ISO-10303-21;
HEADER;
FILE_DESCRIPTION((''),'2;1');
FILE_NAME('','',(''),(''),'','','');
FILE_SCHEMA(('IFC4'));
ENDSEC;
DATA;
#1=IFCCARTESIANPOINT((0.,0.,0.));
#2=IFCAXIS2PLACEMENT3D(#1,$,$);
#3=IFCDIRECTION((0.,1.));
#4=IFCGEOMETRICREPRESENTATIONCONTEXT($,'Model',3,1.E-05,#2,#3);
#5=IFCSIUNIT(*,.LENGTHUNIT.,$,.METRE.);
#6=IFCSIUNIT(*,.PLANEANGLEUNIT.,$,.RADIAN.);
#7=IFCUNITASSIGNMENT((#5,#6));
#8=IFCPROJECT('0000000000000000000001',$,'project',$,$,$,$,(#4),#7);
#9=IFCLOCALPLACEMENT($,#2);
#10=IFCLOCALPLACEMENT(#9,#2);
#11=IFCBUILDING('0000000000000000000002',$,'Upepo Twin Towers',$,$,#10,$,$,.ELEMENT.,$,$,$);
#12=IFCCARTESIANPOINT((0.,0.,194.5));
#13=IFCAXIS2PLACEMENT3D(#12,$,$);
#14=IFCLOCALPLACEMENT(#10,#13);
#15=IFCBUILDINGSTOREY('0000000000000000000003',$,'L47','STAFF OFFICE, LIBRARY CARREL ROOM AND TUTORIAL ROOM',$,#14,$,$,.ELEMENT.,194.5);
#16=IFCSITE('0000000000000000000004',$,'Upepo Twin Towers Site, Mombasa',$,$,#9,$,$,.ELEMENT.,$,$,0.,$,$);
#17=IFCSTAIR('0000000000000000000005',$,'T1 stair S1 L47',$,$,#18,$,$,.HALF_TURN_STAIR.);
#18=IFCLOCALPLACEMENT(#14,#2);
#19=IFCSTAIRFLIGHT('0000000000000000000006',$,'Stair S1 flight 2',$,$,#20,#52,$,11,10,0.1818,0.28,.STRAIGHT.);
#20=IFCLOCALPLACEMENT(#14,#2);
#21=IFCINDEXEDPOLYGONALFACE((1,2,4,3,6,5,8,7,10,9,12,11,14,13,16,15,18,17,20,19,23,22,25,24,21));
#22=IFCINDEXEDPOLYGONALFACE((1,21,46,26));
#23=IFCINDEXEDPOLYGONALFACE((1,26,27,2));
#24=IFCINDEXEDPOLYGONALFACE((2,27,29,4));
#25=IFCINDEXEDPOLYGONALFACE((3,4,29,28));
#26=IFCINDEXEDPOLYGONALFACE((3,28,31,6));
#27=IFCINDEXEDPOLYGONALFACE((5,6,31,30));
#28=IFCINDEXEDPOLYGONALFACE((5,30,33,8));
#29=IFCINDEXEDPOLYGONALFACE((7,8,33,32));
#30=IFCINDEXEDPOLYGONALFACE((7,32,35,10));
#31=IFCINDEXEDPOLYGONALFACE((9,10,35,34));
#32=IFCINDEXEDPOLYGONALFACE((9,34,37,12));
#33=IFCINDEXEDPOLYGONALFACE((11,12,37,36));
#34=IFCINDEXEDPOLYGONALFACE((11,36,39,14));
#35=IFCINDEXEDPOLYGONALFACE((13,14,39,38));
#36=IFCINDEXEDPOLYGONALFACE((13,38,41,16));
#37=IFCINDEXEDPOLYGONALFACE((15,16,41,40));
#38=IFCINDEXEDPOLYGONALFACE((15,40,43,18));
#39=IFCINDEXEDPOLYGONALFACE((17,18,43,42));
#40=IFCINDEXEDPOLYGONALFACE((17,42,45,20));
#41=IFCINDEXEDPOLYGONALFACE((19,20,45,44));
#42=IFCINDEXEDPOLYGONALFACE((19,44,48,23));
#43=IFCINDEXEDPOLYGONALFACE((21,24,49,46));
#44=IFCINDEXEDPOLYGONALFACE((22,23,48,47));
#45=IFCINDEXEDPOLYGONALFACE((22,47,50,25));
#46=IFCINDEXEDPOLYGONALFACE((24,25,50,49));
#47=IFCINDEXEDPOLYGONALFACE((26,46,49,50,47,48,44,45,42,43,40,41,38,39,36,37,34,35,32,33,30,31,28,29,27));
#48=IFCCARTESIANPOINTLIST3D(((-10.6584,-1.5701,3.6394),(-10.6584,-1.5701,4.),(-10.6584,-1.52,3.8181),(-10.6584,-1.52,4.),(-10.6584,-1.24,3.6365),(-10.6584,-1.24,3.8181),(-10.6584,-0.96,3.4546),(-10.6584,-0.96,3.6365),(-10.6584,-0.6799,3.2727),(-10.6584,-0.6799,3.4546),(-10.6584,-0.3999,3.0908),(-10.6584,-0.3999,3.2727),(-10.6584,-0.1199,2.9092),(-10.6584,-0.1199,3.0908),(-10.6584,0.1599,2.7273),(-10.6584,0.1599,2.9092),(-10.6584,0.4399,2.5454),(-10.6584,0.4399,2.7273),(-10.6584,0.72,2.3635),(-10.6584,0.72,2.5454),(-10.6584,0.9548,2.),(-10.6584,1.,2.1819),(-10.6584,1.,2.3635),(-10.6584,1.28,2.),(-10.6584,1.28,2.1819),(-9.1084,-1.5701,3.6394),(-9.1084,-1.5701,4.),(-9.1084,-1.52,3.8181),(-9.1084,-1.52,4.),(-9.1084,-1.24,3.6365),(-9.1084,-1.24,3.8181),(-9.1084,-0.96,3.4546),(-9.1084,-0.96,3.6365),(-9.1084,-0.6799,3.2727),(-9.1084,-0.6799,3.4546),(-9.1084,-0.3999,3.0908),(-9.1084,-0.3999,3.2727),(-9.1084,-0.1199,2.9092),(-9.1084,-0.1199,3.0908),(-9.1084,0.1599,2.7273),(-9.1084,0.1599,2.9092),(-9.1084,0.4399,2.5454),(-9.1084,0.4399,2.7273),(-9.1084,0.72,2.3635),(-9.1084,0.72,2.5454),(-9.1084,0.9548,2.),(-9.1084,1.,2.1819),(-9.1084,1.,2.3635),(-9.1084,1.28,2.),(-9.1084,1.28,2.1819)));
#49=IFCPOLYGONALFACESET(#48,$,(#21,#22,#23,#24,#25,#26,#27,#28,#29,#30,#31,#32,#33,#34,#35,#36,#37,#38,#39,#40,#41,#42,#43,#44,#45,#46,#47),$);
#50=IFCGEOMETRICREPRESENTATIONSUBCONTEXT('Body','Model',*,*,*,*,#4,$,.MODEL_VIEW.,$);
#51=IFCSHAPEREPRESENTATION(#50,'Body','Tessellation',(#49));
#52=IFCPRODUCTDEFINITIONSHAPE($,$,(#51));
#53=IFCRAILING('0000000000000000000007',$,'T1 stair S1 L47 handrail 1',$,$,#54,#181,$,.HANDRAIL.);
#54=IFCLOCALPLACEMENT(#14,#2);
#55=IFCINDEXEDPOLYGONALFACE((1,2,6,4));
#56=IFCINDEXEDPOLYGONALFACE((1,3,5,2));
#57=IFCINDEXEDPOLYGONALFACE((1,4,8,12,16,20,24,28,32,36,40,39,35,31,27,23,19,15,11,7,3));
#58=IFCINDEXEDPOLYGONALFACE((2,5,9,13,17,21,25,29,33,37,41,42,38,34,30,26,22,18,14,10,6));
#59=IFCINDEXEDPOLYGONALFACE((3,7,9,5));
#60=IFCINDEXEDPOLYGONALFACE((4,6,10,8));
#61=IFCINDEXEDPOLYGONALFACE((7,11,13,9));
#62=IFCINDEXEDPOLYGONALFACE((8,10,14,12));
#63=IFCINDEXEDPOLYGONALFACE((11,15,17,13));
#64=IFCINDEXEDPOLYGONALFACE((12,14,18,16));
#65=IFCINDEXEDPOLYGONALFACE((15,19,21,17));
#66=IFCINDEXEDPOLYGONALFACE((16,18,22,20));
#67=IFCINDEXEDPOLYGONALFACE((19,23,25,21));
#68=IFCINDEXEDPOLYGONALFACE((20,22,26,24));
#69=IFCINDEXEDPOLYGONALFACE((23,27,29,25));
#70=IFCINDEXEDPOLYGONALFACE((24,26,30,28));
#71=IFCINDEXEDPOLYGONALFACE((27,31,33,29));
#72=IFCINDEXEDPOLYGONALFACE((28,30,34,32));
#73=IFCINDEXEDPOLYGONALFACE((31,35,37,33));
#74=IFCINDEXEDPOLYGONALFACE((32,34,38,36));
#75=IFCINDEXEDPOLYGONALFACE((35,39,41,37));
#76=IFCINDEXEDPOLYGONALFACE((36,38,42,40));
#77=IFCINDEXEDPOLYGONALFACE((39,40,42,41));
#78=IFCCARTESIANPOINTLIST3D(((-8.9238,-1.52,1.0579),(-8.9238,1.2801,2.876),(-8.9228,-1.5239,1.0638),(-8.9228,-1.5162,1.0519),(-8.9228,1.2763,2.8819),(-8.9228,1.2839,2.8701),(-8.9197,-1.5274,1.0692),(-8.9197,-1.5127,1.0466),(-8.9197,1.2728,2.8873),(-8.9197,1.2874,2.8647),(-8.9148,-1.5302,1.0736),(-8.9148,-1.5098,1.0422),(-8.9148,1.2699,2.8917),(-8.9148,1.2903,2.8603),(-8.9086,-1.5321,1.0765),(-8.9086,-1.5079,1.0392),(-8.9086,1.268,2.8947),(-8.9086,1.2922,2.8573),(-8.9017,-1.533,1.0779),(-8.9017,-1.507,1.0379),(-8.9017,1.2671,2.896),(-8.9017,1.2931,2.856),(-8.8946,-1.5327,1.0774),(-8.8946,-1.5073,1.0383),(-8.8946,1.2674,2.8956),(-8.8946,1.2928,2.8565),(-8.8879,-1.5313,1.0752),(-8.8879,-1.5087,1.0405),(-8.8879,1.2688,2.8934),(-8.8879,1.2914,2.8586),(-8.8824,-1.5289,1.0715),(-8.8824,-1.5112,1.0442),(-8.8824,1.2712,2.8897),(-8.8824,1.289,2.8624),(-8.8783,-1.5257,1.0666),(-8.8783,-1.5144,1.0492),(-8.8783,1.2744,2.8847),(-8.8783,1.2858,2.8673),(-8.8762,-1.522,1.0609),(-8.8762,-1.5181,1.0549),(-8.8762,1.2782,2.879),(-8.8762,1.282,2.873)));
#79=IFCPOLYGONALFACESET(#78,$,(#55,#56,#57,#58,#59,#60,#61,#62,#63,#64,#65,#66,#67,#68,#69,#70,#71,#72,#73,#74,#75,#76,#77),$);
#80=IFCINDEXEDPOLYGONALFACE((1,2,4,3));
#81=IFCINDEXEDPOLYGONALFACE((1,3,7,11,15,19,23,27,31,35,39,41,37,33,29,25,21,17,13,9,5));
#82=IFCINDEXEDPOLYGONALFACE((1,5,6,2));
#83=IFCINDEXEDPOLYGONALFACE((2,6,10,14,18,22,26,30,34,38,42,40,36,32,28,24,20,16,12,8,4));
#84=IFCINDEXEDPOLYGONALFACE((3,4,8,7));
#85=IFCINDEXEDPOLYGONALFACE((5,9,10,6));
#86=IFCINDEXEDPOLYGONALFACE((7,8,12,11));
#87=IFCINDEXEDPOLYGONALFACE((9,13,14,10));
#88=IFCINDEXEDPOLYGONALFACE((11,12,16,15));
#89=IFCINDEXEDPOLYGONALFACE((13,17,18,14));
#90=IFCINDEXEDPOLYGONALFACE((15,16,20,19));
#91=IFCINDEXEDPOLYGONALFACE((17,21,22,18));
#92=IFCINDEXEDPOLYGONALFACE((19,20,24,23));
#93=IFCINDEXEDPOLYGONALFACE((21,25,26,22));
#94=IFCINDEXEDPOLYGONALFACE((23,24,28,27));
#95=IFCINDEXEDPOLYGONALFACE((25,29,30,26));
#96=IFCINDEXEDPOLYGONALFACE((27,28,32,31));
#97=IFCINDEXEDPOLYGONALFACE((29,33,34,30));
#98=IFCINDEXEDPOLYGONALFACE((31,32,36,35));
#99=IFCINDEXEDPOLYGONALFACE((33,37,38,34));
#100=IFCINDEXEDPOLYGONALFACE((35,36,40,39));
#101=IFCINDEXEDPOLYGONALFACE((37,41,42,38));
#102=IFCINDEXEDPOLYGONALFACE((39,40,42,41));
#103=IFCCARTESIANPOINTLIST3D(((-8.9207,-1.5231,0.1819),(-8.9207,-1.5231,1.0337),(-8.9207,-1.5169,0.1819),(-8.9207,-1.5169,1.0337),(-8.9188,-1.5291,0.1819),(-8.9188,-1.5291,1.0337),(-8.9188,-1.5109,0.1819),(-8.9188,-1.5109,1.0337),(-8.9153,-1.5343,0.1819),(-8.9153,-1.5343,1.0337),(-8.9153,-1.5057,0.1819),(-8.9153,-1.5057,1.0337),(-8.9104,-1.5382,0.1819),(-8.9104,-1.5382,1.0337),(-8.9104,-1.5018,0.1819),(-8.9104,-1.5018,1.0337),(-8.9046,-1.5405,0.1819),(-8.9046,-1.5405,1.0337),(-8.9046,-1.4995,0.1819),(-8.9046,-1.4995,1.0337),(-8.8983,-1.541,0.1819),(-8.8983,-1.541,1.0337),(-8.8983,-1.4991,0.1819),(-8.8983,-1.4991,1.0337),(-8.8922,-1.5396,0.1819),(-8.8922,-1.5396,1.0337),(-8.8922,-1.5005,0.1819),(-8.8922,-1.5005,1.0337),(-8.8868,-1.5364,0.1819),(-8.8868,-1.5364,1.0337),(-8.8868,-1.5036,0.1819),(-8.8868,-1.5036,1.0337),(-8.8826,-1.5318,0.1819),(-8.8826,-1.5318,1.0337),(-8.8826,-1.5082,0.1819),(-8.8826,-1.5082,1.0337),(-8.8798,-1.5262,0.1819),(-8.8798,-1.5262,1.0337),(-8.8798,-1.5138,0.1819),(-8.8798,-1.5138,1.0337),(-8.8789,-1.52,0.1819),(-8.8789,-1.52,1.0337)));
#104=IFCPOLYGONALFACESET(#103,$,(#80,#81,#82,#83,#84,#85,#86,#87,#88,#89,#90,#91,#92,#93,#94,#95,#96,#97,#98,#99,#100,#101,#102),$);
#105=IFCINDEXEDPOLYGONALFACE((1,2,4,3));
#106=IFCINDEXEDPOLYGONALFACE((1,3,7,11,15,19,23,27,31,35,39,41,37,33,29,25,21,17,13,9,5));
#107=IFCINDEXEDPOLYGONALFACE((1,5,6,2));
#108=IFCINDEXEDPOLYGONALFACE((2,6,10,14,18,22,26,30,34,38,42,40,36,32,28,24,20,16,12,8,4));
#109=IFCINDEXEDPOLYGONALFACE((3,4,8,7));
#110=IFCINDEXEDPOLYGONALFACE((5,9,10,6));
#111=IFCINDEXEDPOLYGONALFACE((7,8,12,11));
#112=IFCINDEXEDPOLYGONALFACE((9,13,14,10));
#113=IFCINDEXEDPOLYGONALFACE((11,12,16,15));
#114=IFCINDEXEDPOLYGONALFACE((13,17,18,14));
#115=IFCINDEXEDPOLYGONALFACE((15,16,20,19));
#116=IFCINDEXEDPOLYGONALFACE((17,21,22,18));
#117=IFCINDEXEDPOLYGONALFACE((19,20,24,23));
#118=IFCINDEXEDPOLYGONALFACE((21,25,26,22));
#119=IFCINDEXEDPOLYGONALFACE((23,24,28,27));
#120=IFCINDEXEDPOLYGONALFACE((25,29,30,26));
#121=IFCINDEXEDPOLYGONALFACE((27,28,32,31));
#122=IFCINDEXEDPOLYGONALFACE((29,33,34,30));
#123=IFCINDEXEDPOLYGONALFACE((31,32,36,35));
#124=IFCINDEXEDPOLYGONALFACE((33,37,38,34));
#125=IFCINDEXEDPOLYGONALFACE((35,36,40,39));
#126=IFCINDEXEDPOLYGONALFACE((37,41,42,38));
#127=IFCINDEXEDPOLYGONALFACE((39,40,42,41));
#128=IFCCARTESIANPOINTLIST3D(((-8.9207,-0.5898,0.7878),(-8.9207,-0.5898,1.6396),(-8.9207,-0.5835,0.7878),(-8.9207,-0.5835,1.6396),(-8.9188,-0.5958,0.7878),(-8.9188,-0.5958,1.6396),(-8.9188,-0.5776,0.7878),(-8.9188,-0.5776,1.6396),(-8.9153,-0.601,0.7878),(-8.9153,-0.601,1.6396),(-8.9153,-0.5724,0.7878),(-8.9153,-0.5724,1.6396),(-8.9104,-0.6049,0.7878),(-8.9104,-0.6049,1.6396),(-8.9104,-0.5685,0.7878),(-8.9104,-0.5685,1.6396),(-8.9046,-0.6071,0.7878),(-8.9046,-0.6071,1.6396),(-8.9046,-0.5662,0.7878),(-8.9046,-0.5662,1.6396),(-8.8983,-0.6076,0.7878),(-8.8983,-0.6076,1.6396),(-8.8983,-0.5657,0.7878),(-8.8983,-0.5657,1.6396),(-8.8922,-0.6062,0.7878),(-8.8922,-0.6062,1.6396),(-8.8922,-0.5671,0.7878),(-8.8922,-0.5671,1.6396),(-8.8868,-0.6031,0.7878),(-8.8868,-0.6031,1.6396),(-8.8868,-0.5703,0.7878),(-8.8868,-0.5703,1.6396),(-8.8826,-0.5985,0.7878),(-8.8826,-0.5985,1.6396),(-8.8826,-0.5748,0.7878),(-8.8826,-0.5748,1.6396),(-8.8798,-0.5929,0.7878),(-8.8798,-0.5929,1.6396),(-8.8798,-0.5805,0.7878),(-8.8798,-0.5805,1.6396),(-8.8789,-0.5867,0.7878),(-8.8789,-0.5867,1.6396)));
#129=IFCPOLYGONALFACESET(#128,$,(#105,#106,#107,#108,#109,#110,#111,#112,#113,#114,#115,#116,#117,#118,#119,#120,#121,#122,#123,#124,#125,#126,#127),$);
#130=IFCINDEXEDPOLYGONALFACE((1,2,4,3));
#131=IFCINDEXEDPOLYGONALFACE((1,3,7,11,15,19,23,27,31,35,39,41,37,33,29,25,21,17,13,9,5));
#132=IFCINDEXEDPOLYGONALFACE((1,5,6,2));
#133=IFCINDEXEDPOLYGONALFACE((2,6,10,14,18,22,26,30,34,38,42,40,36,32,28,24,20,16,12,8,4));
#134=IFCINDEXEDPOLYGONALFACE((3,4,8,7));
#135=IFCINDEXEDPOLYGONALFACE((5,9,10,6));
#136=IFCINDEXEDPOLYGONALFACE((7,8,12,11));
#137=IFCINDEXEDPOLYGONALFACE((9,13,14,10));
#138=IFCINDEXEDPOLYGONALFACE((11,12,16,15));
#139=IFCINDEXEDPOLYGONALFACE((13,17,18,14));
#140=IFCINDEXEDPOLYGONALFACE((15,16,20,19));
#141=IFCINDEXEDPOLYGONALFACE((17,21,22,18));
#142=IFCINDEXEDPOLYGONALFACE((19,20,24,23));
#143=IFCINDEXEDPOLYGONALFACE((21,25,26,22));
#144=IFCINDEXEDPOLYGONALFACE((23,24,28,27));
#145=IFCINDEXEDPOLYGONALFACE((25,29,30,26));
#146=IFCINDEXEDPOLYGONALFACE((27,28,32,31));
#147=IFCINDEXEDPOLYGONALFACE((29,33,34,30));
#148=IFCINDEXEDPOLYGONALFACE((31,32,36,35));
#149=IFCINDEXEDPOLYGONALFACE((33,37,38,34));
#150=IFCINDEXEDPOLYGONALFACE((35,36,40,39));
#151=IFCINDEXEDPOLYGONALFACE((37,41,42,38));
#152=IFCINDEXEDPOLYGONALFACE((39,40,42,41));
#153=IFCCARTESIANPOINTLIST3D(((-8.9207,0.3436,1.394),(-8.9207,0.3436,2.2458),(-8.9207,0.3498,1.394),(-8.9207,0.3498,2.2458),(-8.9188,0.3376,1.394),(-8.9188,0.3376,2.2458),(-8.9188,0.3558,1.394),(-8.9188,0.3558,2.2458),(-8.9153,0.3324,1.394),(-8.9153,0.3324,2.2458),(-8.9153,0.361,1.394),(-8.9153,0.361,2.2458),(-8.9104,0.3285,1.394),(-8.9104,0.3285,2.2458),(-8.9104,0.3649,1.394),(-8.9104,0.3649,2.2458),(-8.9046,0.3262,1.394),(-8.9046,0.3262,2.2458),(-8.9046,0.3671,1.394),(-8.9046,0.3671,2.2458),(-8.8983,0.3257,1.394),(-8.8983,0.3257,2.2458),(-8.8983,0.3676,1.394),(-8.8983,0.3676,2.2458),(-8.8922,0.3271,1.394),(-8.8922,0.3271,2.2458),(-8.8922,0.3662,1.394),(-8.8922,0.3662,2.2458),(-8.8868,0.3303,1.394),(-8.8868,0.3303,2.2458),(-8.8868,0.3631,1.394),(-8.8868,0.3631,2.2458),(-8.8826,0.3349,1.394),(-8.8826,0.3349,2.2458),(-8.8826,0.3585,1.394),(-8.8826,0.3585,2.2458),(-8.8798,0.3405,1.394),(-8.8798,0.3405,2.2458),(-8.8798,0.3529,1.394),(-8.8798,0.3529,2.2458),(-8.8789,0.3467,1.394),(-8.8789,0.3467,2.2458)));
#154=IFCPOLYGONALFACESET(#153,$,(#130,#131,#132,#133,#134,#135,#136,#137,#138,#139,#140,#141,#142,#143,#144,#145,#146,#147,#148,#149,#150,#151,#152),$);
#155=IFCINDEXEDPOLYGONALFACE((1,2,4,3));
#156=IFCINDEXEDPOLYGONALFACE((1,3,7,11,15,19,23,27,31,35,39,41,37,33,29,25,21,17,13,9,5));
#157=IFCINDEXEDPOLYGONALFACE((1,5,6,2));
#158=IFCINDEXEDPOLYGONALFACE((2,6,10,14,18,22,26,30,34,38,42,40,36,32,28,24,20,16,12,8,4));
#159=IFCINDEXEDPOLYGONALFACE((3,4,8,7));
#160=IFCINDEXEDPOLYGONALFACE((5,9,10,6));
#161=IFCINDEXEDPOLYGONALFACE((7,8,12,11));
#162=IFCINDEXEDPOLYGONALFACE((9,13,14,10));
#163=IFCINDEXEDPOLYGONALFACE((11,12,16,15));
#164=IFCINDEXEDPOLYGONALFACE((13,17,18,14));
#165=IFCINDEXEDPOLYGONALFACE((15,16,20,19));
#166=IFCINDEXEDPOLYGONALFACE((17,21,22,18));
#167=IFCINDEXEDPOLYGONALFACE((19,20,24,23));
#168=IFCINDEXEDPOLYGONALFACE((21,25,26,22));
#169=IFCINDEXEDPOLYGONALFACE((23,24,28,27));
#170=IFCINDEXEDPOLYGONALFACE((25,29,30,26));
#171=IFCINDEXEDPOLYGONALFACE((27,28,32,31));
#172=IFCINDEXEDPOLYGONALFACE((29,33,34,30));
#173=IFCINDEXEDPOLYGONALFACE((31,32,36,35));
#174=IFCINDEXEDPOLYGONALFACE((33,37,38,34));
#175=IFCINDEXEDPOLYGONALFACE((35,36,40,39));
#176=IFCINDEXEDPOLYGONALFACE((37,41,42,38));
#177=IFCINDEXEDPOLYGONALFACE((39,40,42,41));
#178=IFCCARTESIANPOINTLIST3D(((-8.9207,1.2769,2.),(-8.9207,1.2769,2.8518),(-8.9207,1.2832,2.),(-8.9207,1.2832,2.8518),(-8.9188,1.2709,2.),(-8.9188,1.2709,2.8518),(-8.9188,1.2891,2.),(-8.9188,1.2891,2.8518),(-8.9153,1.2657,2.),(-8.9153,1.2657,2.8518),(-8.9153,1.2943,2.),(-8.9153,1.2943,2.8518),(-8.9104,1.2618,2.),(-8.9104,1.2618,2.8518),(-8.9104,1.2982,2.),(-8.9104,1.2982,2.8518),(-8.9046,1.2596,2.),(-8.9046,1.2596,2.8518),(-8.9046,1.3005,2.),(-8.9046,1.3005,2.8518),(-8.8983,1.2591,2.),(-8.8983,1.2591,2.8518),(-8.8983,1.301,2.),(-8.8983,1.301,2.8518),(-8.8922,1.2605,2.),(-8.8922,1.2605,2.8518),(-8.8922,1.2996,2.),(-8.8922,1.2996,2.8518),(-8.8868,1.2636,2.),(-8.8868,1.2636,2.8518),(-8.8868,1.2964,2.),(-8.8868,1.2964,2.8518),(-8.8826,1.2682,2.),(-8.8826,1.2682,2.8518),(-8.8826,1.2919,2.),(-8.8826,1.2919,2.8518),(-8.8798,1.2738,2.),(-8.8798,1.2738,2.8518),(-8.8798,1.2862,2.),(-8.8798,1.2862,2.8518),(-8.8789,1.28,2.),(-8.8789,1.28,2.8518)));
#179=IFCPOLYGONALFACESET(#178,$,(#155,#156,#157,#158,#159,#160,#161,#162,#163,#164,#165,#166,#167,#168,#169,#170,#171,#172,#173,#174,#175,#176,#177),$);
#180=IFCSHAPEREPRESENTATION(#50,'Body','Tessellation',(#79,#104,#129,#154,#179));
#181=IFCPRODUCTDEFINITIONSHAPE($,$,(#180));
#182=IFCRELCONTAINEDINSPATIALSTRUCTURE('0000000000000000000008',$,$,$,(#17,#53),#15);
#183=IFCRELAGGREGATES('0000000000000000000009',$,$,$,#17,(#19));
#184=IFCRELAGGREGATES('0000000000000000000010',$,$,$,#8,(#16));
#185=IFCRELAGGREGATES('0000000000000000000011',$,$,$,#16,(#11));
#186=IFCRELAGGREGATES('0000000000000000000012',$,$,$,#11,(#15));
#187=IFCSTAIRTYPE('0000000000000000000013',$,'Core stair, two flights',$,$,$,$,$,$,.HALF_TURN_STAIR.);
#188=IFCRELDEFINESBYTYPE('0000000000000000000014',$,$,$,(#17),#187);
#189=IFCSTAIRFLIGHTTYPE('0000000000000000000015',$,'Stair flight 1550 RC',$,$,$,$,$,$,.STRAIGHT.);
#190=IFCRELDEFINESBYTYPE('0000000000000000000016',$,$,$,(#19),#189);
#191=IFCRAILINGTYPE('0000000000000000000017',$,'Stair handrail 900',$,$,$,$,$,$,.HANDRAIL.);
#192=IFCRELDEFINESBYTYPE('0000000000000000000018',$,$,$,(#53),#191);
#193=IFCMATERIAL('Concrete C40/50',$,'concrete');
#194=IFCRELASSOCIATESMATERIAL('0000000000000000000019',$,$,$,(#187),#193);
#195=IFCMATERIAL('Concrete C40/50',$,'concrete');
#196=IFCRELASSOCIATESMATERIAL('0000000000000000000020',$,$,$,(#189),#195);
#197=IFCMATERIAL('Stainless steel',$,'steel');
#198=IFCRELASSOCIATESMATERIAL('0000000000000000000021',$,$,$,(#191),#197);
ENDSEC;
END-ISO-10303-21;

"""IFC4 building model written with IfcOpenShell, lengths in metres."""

from ifc_helpers import new_model, si_unit, direction, frame, origin, origin_2d, place, context, subcontext, project, spatial, polyline, circle, outline, extrude, material, type_object, element, aggregate, save


model = new_model("IFC4")

# Units and contexts
model_context = context("Model", 3, precision=1e-05, world=origin(), true_north=direction((0.0, 1.0)))
body_context = subcontext(model_context, "Body", "Model", "MODEL_VIEW")
ifc_project = project(units=[si_unit("LENGTHUNIT", "METRE"), si_unit("PLANEANGLEUNIT", "RADIAN")], contexts=[model_context])

# Site, building, storey
site_placement = place(None, origin())
site = spatial("IfcSite", under=ifc_project, at=site_placement, Name="Upepo Twin Towers Site, Mombasa", CompositionType="ELEMENT", RefElevation=0.0)
building_placement = place(site_placement, origin())
building = spatial("IfcBuilding", under=site, at=building_placement, Name="Upepo Twin Towers", CompositionType="ELEMENT")
storey_placement = place(building_placement, frame((0.0, 0.0, 194.5)))
storey = spatial("IfcBuildingStorey", under=building, at=storey_placement, Name="L47", Description="STAFF OFFICE, LIBRARY CARREL ROOM AND TUTORIAL ROOM", CompositionType="ELEMENT", Elevation=194.5)

# Stair
ifc_material_1 = material(Name="Concrete C40/50", Category="concrete")
stair_type = type_object("IfcStairType", Name="Core stair, two flights", PredefinedType="HALF_TURN_STAIR", material=ifc_material_1)
stair_placement = place(storey_placement, origin())
stair = element("IfcStair", 1, at=stair_placement, inside=storey, type_object=stair_type, Name="T1 stair S1 L47", PredefinedType="HALF_TURN_STAIR")

# Stair flight
ifc_material_2 = material(Name="Concrete C40/50", Category="concrete")
stair_flight_type = type_object("IfcStairFlightType", Name="Stair flight 1550 RC", PredefinedType="STRAIGHT", material=ifc_material_2)
stair_flight_1_placement = place(storey_placement, frame((-9.8833, 1.28, 2.0), z_axis=(0.0, 0.0, 1.0), x_axis=(0.0, -1.0, 0.0)))
stair_flight_1 = element("IfcStairFlight", 2, at=stair_flight_1_placement, type_object=stair_flight_type, Name="Stair S1 flight 2", NumberOfRisers=11, NumberOfTreads=10, PredefinedType="STRAIGHT", RiserHeight=0.1818, TreadLength=0.28, context=body_context, shape_type="SweptSolid", body=[
    extrude(outline(polyline([(0.0, 0.0), (0.0, 0.1819), (0.28, 0.1819), (0.28, 0.3635), (0.5601, 0.3635), (0.5601, 0.5454), (0.8401, 0.5454), (0.8401, 0.7273), (1.1201, 0.7273), (1.1201, 0.9092), (1.3999, 0.9092), (1.3999, 1.0908), (1.6799, 1.0908), (1.6799, 1.2727), (1.96, 1.2727), (1.96, 1.4546), (2.24, 1.4546), (2.24, 1.6365), (2.52, 1.6365), (2.52, 1.8181), (2.8, 1.8181), (2.8, 2.0), (2.8501, 2.0), (2.8501, 1.6394), (0.3252, 0.0), (0.0, 0.0)])), frame((0.0, 0.7749, 0.0), z_axis=(0.0, -1.0, 0.0), x_axis=(1.0, 0.0, 0.0)), (0.0, 0.0, 1.0), 1.55),
])
aggregate(stair, [stair_flight_1])

# Railing
ifc_material_3 = material(Name="Stainless steel", Category="steel")
railing_type = type_object("IfcRailingType", Name="Stair handrail 900", PredefinedType="HANDRAIL", material=ifc_material_3)
railing_1_placement = place(storey_placement, frame((-8.8999, -1.52, 0.1819)))
element("IfcRailing", 3, at=railing_1_placement, inside=storey, type_object=railing_type, Name="T1 stair S1 L47 handrail 1", PredefinedType="HANDRAIL", context=body_context, shape_type="SweptSolid", body=[
    extrude(circle(Radius=0.0239, at=origin_2d()), frame((0.0, 0.0, 0.876), z_axis=(0.0, 0.838706, 0.544585), x_axis=(-1.0, 0.0, 0.0)), (0.0, 0.0, 1.0), 3.3386),
    extrude(circle(Radius=0.021, at=origin_2d()), origin(), (0.0, 0.0, 1.0), 0.8518),
    extrude(circle(Radius=0.021, at=origin_2d()), frame((0.0, 0.9333, 0.606)), (0.0, 0.0, 1.0), 0.8518),
    extrude(circle(Radius=0.021, at=origin_2d()), frame((0.0, 1.8667, 1.2122)), (0.0, 0.0, 1.0), 0.8518),
    extrude(circle(Radius=0.021, at=origin_2d()), frame((0.0, 2.8, 1.8181)), (0.0, 0.0, 1.0), 0.8518),
])

save(model, "model.ifc")
